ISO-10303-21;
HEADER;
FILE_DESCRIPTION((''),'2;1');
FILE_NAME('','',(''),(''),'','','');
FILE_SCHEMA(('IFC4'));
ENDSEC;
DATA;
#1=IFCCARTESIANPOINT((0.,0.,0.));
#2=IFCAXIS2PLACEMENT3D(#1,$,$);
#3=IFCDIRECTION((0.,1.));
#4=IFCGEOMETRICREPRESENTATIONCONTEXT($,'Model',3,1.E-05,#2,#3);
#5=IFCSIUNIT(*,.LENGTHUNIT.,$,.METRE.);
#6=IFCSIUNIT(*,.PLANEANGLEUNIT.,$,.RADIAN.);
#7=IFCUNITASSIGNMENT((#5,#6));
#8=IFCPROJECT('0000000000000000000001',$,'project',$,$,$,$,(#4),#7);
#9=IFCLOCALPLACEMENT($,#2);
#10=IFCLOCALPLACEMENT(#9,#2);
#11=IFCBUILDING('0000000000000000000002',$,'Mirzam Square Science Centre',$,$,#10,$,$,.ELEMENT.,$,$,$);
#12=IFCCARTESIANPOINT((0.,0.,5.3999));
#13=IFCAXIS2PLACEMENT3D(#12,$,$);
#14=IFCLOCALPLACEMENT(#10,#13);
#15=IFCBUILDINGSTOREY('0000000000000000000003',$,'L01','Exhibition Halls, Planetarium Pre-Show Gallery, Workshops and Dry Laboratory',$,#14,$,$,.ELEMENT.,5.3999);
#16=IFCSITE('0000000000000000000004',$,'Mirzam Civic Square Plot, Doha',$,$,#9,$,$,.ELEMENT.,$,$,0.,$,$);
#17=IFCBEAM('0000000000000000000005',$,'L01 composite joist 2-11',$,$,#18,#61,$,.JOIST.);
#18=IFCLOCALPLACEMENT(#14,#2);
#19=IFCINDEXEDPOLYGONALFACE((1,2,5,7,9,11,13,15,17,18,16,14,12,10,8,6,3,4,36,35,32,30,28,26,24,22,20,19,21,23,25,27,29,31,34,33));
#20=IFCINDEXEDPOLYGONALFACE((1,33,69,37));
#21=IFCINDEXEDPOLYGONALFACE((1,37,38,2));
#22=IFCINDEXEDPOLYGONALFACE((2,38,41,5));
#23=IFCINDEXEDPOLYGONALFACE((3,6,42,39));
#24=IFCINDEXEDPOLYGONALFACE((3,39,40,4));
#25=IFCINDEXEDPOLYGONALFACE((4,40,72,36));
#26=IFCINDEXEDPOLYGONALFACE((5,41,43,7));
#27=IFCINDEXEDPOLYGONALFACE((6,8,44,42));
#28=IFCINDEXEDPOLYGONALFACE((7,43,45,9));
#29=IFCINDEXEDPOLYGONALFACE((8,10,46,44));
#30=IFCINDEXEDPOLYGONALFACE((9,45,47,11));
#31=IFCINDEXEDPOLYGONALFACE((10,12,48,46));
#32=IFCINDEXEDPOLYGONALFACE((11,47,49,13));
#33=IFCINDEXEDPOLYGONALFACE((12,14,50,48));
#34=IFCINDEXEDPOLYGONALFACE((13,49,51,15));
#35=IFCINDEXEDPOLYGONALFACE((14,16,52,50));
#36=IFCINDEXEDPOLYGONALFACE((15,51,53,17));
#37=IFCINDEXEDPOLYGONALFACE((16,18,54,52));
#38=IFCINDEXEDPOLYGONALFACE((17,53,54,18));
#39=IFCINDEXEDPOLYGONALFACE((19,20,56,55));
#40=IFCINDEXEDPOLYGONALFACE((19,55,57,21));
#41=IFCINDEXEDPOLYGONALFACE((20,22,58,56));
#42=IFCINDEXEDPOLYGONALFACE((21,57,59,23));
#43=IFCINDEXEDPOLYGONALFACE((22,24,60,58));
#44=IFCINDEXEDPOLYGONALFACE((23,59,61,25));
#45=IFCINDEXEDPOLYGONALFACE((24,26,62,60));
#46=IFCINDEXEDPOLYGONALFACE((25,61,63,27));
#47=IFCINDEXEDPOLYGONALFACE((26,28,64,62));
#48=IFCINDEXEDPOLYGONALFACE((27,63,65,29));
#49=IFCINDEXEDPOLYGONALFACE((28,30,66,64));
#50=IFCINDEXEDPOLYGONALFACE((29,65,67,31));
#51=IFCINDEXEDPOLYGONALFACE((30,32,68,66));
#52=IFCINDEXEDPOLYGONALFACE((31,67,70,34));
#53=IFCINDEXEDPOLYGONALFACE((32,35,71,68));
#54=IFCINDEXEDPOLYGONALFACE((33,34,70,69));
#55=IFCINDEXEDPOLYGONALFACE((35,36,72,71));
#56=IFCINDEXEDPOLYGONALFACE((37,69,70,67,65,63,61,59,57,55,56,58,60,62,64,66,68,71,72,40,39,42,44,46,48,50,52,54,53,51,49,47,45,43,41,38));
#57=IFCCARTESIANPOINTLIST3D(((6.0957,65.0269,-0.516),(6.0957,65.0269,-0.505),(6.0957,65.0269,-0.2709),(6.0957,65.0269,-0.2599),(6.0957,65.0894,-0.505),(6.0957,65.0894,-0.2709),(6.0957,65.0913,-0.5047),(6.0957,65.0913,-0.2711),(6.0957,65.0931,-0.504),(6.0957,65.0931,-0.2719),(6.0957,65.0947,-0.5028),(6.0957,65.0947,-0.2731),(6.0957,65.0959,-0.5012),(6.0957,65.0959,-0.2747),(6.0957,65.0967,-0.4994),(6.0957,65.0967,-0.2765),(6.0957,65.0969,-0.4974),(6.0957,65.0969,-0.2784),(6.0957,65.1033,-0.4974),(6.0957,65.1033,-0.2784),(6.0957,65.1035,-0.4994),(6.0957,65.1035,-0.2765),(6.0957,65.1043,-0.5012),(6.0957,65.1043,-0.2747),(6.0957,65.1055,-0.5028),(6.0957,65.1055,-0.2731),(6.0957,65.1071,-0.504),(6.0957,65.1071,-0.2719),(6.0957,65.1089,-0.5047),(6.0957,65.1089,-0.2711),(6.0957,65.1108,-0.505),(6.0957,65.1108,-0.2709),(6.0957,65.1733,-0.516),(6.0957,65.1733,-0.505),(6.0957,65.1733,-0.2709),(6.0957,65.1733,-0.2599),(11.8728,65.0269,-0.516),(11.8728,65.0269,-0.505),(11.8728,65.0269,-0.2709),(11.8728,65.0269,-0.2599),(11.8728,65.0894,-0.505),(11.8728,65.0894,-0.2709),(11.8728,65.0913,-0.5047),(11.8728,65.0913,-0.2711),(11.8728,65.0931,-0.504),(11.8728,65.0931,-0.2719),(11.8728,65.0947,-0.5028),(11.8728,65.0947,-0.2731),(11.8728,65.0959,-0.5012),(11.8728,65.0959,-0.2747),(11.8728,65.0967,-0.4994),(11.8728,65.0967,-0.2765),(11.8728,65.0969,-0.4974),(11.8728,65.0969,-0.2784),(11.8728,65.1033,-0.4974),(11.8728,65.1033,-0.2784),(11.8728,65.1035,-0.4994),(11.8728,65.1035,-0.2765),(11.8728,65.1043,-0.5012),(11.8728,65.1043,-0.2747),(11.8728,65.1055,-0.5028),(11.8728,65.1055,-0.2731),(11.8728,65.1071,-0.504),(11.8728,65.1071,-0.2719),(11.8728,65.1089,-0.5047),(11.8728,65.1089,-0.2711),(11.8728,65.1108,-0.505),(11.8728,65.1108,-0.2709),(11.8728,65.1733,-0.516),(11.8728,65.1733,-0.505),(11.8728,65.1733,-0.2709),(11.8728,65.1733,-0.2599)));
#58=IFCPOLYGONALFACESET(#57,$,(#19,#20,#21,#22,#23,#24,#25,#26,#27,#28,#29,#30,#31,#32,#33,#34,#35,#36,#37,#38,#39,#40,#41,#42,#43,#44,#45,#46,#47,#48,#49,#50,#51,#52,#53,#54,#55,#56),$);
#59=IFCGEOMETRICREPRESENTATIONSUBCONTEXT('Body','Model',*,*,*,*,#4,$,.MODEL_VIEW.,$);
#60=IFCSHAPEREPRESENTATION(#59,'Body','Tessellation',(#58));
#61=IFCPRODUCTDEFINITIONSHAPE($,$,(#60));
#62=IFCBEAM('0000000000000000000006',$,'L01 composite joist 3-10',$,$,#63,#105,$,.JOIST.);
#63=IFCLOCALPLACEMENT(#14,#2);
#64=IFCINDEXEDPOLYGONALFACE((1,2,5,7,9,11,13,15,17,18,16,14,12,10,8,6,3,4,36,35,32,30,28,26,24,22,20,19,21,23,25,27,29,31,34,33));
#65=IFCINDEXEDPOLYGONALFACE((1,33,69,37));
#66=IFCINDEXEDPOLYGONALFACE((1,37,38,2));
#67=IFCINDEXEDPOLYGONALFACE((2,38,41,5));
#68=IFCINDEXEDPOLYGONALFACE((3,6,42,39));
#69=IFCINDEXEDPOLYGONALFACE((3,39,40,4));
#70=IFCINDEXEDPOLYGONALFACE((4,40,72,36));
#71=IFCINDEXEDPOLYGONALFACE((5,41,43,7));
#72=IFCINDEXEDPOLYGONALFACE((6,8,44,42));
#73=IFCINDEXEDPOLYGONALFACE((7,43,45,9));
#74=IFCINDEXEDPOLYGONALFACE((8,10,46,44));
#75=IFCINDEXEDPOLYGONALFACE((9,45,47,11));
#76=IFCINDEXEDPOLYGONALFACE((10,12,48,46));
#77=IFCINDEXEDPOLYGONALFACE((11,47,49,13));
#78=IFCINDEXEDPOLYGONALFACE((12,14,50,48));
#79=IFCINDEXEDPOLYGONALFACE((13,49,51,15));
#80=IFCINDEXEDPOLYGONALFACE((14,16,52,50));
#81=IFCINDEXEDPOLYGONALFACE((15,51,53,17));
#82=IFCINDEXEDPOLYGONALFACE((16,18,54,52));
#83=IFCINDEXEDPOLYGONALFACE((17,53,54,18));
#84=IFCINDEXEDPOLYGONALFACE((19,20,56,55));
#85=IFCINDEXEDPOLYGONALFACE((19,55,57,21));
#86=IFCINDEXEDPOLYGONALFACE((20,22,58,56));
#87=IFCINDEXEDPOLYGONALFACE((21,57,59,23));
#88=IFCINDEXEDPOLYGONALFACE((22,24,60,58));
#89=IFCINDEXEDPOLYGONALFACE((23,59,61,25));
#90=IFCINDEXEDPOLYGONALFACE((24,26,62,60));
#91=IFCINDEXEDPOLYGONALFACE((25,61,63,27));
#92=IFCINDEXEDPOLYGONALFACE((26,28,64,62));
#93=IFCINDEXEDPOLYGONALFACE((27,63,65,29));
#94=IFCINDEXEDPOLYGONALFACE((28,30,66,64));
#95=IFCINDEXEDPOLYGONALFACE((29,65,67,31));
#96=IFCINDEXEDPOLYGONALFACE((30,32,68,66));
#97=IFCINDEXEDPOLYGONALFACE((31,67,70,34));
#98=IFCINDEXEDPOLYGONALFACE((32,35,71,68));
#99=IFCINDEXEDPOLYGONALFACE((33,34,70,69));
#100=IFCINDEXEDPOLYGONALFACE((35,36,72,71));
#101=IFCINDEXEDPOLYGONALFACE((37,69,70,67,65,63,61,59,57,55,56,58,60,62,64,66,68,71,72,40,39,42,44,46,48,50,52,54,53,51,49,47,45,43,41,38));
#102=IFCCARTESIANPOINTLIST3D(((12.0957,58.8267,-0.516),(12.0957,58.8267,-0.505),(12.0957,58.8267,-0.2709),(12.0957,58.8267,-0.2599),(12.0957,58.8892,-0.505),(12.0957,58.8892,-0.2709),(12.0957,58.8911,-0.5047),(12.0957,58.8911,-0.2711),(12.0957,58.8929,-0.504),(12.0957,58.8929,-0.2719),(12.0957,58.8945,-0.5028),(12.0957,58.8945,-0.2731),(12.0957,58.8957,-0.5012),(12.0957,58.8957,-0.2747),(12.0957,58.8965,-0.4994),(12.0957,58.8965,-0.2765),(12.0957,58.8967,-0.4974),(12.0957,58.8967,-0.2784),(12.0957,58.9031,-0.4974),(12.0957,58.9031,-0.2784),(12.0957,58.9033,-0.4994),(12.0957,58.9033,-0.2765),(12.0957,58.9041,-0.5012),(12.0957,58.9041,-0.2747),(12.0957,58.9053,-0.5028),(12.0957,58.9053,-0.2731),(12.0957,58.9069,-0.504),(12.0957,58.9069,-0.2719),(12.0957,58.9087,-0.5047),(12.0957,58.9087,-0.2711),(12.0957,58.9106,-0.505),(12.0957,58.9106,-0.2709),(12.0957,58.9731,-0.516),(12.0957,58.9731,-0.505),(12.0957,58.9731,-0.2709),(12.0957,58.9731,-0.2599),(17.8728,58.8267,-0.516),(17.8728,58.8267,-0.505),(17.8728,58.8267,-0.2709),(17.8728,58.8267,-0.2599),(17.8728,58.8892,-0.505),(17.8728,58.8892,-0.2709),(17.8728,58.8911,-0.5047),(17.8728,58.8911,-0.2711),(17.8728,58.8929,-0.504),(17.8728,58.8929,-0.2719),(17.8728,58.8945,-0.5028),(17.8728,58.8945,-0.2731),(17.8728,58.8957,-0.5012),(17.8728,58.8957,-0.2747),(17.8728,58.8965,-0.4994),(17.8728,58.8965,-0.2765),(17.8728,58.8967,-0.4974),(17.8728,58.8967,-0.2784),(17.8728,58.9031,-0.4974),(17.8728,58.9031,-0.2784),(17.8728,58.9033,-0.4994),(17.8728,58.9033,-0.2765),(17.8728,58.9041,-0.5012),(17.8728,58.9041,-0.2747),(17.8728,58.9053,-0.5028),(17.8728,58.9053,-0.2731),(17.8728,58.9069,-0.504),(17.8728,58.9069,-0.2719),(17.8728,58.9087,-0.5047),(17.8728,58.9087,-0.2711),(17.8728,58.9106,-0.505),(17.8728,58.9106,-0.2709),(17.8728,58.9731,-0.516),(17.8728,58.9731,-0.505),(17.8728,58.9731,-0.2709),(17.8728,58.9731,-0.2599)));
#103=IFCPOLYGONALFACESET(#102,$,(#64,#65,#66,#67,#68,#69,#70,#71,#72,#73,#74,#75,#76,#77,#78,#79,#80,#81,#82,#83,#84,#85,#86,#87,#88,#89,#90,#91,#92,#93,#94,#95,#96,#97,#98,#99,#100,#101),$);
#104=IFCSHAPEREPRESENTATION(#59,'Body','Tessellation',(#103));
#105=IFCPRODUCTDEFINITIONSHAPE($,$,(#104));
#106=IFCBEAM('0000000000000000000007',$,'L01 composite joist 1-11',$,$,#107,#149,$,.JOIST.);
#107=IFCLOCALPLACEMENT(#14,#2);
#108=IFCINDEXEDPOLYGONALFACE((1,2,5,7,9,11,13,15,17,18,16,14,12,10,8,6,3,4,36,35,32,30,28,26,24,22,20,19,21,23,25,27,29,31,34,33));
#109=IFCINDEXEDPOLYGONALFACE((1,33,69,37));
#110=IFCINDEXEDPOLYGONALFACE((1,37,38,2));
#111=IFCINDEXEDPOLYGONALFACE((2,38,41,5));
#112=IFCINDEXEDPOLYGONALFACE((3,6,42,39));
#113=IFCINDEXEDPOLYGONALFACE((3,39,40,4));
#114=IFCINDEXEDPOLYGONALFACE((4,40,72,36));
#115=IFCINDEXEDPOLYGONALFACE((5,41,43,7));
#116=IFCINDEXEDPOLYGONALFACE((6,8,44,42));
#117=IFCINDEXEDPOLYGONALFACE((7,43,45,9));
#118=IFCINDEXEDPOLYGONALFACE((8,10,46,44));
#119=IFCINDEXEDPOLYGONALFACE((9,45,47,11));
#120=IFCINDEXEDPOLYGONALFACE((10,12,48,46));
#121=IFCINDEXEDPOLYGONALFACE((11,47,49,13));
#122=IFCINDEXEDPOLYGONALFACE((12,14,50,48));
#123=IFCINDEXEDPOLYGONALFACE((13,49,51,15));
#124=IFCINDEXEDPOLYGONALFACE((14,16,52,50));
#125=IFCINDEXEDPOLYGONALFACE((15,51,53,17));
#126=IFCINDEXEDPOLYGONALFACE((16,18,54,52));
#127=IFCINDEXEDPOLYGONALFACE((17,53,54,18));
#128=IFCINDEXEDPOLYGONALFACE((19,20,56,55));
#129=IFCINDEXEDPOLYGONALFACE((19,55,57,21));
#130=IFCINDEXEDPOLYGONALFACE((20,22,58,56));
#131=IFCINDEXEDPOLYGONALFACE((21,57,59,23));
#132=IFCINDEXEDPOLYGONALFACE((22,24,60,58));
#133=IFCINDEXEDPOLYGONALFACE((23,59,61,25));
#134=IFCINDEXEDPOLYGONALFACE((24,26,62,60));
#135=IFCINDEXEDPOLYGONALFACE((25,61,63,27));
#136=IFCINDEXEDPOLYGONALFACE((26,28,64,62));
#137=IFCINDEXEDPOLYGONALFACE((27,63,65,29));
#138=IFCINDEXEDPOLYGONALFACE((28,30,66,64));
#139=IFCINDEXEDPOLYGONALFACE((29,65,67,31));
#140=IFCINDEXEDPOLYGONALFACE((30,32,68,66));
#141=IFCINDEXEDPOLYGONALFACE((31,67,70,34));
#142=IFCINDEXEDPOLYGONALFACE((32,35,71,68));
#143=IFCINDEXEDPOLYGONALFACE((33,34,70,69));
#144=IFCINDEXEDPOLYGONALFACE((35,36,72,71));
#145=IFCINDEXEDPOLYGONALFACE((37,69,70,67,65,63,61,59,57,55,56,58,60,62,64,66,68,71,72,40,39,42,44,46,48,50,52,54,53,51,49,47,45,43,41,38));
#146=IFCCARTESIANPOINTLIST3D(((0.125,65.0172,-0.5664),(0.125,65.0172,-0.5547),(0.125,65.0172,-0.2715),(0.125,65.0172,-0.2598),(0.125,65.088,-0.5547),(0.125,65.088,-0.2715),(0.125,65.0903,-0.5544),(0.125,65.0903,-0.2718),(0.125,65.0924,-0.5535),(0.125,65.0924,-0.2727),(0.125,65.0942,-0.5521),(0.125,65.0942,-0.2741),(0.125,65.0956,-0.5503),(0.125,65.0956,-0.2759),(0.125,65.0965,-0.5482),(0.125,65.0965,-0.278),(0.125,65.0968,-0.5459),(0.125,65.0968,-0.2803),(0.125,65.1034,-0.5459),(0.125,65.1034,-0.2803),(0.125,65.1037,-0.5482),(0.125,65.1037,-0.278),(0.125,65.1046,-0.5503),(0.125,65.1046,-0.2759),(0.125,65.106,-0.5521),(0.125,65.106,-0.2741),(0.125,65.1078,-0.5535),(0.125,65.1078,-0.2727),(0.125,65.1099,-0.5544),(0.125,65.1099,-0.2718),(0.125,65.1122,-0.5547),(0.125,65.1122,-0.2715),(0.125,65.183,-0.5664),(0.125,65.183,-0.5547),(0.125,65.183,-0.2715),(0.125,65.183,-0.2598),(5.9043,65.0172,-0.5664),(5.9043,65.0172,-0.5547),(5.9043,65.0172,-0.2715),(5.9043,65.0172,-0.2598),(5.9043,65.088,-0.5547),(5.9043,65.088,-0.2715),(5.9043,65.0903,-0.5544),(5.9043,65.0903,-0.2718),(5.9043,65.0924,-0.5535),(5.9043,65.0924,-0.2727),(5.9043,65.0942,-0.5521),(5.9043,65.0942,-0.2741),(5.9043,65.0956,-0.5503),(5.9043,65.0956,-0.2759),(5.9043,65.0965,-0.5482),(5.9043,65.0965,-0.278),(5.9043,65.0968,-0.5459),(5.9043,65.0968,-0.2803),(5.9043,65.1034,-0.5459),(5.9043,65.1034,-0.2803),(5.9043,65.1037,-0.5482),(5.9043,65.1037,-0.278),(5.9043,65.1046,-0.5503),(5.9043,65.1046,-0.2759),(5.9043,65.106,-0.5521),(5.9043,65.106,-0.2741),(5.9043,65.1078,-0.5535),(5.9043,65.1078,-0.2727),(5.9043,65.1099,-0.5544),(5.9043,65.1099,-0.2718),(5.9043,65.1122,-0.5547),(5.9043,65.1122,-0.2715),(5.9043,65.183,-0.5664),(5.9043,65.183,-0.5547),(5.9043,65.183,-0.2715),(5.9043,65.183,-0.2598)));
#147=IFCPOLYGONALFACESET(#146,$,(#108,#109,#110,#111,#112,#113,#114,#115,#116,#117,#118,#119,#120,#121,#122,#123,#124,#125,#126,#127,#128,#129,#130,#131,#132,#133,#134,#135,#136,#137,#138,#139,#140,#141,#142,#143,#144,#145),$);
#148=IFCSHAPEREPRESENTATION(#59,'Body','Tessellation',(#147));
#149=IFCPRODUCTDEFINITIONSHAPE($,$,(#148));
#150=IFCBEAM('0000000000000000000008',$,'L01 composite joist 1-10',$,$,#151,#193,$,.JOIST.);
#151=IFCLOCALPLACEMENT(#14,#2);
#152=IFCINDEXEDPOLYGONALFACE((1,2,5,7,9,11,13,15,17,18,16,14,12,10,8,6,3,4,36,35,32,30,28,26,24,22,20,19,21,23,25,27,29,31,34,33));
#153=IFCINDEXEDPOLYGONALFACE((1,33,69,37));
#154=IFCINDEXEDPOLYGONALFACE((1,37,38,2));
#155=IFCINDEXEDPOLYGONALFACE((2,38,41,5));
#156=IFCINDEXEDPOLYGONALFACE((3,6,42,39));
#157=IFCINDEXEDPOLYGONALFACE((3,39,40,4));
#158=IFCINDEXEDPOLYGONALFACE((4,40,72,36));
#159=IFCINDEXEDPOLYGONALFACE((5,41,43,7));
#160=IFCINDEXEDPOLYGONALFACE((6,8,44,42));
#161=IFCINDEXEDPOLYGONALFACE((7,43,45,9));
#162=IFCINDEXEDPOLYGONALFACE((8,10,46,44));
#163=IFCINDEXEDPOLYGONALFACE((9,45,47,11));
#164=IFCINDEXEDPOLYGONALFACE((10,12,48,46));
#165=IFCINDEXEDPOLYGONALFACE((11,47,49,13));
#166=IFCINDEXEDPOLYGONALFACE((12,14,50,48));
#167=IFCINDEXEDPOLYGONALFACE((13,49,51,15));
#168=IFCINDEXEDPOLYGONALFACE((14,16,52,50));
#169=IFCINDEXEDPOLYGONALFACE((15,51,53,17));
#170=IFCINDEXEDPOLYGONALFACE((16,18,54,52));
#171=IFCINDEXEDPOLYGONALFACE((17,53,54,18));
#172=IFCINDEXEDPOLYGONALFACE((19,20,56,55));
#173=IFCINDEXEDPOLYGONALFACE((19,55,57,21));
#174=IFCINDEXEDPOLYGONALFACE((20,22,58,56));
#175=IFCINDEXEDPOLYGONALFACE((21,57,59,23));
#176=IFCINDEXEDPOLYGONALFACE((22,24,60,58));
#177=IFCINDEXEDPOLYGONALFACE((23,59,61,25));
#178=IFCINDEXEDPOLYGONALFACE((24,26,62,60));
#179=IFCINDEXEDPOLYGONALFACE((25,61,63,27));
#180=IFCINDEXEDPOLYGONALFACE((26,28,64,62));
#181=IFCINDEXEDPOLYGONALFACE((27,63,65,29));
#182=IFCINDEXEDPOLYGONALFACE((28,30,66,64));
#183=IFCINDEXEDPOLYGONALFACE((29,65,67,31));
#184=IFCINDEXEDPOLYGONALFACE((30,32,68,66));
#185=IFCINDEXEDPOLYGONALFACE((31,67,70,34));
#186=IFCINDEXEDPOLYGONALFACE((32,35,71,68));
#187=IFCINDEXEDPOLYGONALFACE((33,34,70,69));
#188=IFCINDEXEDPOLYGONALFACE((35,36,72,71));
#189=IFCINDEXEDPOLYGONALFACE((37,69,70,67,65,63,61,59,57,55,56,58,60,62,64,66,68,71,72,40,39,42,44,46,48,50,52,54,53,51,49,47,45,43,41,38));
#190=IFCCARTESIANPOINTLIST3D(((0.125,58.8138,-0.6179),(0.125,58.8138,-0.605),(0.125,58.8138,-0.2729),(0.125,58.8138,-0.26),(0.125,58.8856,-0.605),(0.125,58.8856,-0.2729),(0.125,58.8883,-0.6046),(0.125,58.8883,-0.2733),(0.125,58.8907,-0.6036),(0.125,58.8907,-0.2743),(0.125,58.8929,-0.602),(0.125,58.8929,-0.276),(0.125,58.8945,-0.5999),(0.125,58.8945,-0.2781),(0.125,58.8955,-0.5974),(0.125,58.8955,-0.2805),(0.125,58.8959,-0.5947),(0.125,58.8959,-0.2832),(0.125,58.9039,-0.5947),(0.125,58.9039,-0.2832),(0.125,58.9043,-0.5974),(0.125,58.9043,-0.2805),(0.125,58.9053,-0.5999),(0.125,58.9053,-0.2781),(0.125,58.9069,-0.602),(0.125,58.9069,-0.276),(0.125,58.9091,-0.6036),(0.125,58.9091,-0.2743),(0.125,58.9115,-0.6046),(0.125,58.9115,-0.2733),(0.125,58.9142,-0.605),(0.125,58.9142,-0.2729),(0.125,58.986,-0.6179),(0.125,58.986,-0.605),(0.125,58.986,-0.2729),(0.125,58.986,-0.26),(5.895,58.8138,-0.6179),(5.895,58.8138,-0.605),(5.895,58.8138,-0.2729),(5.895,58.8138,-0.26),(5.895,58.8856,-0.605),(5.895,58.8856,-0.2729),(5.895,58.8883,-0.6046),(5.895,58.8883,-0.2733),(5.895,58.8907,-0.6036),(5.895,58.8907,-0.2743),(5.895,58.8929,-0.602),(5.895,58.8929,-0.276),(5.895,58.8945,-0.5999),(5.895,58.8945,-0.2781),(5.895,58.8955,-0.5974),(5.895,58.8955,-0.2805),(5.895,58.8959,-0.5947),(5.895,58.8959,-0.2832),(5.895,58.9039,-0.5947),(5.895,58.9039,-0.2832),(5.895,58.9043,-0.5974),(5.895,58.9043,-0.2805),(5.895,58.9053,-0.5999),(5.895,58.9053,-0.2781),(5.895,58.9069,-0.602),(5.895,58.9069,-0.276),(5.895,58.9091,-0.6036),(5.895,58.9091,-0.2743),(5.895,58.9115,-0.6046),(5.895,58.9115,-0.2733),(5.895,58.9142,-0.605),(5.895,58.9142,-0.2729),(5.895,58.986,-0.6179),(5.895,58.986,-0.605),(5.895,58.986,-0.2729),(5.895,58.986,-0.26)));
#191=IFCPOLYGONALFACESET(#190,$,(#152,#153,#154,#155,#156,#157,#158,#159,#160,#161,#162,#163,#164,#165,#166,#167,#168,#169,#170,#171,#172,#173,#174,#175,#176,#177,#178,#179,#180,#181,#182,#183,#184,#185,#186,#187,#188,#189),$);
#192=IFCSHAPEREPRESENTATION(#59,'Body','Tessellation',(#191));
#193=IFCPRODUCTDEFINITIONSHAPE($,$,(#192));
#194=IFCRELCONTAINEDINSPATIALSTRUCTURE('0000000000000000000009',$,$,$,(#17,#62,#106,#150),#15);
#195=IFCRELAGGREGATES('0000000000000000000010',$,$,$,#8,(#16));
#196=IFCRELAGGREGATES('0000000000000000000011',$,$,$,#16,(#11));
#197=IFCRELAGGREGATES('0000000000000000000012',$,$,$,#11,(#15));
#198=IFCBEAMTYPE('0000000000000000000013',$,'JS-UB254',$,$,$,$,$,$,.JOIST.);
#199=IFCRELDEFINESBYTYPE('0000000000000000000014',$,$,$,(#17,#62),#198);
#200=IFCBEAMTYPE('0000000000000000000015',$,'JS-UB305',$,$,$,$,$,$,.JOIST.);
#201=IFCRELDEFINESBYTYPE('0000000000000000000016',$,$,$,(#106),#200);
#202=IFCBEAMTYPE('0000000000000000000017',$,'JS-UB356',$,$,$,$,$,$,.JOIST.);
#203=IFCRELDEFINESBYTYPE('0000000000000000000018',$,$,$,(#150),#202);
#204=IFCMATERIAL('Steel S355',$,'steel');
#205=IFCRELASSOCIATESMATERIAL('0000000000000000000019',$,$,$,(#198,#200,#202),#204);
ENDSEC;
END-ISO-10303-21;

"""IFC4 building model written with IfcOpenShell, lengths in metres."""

from ifc_helpers import new_model, si_unit, direction, frame, origin, origin_2d, place, context, subcontext, project, spatial, i_section, extrude, material, material_profile, profile_set, type_object, element, save


model = new_model("IFC4")

# Units and contexts
model_context = context("Model", 3, precision=1e-05, world=origin(), true_north=direction((0.0, 1.0)))
body_context = subcontext(model_context, "Body", "Model", "MODEL_VIEW")
ifc_project = project(units=[si_unit("LENGTHUNIT", "METRE"), si_unit("PLANEANGLEUNIT", "RADIAN")], contexts=[model_context])

# Site, building, storey
site_placement = place(None, origin())
site = spatial("IfcSite", under=ifc_project, at=site_placement, Name="Mirzam Civic Square Plot, Doha", CompositionType="ELEMENT", RefElevation=0.0)
building_placement = place(site_placement, origin())
building = spatial("IfcBuilding", under=site, at=building_placement, Name="Mirzam Square Science Centre", CompositionType="ELEMENT")
storey_placement = place(building_placement, frame((0.0, 0.0, 5.3999)))
storey = spatial("IfcBuildingStorey", under=building, at=storey_placement, Name="L01", Description="Exhibition Halls, Planetarium Pre-Show Gallery, Workshops and Dry Laboratory", CompositionType="ELEMENT", Elevation=5.3999)

# Shared definitions
ifc_material_1 = material(Name="Steel S355", Category="steel")

# Beams
ifc_material_profile_1 = material_profile(ifc_material_1, i_section(OverallWidth=0.1465, OverallDepth=0.2561, WebThickness=0.0063, FlangeThickness=0.011, FilletRadius=0.0076, at=origin_2d()), Name="254x146x37UB")
ifc_profile_set_1 = profile_set([ifc_material_profile_1], Name="Steel S355")
beam_type_1 = type_object("IfcBeamType", Name="JS-UB254", PredefinedType="JOIST", material=ifc_profile_set_1)
for number, where, z_axis, x_axis, name in (
    (1, (6.0957, 65.1001, -0.3879), (1.0, 0.0, 0.0), (0.0, 1.0, 0.0), "L01 composite joist 2-11"),
    (2, (12.0957, 58.8999, -0.3879), (1.0, 0.0, 0.0), (0.0, 1.0, 0.0), "L01 composite joist 3-10"),
):
    element("IfcBeam", number, at=place(storey_placement, frame(where, z_axis=z_axis, x_axis=x_axis)), inside=storey, type_object=beam_type_1, Name=name, PredefinedType="JOIST", context=body_context, shape_type="SweptSolid", body=[
        extrude(i_section(OverallWidth=0.1465, OverallDepth=0.2561, WebThickness=0.0063, FlangeThickness=0.011, FilletRadius=0.0076, at=origin_2d()), origin(), (0.0, 0.0, 1.0), 5.7771),
    ])
ifc_material_profile_2 = material_profile(ifc_material_1, i_section(OverallWidth=0.1658, OverallDepth=0.3066, WebThickness=0.0066, FlangeThickness=0.0117, FilletRadius=0.0088, at=origin_2d()), Name="305x165x46UB")
ifc_profile_set_2 = profile_set([ifc_material_profile_2], Name="Steel S355")
beam_type_2 = type_object("IfcBeamType", Name="JS-UB305", PredefinedType="JOIST", material=ifc_profile_set_2)
beam_1_placement = place(storey_placement, frame((0.125, 65.1001, -0.4131), z_axis=(1.0, 0.0, 0.0), x_axis=(0.0, 1.0, 0.0)))
element("IfcBeam", 3, at=beam_1_placement, inside=storey, type_object=beam_type_2, Name="L01 composite joist 1-11", PredefinedType="JOIST", context=body_context, shape_type="SweptSolid", body=[
    extrude(i_section(OverallWidth=0.1658, OverallDepth=0.3066, WebThickness=0.0066, FlangeThickness=0.0117, FilletRadius=0.0088, at=origin_2d()), origin(), (0.0, 0.0, 1.0), 5.7793),
])
ifc_material_profile_3 = material_profile(ifc_material_1, i_section(OverallWidth=0.1721, OverallDepth=0.3579, WebThickness=0.0081, FlangeThickness=0.0129, FilletRadius=0.0103, at=origin_2d()), Name="356x171x57UB")
ifc_profile_set_3 = profile_set([ifc_material_profile_3], Name="Steel S355")
beam_type_3 = type_object("IfcBeamType", Name="JS-UB356", PredefinedType="JOIST", material=ifc_profile_set_3)
beam_2_placement = place(storey_placement, frame((0.125, 58.8999, -0.439), z_axis=(1.0, 0.0, 0.0), x_axis=(0.0, 1.0, 0.0)))
element("IfcBeam", 4, at=beam_2_placement, inside=storey, type_object=beam_type_3, Name="L01 composite joist 1-10", PredefinedType="JOIST", context=body_context, shape_type="SweptSolid", body=[
    extrude(i_section(OverallWidth=0.1721, OverallDepth=0.3579, WebThickness=0.0081, FlangeThickness=0.0129, FilletRadius=0.0103, at=origin_2d()), origin(), (0.0, 0.0, 1.0), 5.77),
])

save(model, "model.ifc")
